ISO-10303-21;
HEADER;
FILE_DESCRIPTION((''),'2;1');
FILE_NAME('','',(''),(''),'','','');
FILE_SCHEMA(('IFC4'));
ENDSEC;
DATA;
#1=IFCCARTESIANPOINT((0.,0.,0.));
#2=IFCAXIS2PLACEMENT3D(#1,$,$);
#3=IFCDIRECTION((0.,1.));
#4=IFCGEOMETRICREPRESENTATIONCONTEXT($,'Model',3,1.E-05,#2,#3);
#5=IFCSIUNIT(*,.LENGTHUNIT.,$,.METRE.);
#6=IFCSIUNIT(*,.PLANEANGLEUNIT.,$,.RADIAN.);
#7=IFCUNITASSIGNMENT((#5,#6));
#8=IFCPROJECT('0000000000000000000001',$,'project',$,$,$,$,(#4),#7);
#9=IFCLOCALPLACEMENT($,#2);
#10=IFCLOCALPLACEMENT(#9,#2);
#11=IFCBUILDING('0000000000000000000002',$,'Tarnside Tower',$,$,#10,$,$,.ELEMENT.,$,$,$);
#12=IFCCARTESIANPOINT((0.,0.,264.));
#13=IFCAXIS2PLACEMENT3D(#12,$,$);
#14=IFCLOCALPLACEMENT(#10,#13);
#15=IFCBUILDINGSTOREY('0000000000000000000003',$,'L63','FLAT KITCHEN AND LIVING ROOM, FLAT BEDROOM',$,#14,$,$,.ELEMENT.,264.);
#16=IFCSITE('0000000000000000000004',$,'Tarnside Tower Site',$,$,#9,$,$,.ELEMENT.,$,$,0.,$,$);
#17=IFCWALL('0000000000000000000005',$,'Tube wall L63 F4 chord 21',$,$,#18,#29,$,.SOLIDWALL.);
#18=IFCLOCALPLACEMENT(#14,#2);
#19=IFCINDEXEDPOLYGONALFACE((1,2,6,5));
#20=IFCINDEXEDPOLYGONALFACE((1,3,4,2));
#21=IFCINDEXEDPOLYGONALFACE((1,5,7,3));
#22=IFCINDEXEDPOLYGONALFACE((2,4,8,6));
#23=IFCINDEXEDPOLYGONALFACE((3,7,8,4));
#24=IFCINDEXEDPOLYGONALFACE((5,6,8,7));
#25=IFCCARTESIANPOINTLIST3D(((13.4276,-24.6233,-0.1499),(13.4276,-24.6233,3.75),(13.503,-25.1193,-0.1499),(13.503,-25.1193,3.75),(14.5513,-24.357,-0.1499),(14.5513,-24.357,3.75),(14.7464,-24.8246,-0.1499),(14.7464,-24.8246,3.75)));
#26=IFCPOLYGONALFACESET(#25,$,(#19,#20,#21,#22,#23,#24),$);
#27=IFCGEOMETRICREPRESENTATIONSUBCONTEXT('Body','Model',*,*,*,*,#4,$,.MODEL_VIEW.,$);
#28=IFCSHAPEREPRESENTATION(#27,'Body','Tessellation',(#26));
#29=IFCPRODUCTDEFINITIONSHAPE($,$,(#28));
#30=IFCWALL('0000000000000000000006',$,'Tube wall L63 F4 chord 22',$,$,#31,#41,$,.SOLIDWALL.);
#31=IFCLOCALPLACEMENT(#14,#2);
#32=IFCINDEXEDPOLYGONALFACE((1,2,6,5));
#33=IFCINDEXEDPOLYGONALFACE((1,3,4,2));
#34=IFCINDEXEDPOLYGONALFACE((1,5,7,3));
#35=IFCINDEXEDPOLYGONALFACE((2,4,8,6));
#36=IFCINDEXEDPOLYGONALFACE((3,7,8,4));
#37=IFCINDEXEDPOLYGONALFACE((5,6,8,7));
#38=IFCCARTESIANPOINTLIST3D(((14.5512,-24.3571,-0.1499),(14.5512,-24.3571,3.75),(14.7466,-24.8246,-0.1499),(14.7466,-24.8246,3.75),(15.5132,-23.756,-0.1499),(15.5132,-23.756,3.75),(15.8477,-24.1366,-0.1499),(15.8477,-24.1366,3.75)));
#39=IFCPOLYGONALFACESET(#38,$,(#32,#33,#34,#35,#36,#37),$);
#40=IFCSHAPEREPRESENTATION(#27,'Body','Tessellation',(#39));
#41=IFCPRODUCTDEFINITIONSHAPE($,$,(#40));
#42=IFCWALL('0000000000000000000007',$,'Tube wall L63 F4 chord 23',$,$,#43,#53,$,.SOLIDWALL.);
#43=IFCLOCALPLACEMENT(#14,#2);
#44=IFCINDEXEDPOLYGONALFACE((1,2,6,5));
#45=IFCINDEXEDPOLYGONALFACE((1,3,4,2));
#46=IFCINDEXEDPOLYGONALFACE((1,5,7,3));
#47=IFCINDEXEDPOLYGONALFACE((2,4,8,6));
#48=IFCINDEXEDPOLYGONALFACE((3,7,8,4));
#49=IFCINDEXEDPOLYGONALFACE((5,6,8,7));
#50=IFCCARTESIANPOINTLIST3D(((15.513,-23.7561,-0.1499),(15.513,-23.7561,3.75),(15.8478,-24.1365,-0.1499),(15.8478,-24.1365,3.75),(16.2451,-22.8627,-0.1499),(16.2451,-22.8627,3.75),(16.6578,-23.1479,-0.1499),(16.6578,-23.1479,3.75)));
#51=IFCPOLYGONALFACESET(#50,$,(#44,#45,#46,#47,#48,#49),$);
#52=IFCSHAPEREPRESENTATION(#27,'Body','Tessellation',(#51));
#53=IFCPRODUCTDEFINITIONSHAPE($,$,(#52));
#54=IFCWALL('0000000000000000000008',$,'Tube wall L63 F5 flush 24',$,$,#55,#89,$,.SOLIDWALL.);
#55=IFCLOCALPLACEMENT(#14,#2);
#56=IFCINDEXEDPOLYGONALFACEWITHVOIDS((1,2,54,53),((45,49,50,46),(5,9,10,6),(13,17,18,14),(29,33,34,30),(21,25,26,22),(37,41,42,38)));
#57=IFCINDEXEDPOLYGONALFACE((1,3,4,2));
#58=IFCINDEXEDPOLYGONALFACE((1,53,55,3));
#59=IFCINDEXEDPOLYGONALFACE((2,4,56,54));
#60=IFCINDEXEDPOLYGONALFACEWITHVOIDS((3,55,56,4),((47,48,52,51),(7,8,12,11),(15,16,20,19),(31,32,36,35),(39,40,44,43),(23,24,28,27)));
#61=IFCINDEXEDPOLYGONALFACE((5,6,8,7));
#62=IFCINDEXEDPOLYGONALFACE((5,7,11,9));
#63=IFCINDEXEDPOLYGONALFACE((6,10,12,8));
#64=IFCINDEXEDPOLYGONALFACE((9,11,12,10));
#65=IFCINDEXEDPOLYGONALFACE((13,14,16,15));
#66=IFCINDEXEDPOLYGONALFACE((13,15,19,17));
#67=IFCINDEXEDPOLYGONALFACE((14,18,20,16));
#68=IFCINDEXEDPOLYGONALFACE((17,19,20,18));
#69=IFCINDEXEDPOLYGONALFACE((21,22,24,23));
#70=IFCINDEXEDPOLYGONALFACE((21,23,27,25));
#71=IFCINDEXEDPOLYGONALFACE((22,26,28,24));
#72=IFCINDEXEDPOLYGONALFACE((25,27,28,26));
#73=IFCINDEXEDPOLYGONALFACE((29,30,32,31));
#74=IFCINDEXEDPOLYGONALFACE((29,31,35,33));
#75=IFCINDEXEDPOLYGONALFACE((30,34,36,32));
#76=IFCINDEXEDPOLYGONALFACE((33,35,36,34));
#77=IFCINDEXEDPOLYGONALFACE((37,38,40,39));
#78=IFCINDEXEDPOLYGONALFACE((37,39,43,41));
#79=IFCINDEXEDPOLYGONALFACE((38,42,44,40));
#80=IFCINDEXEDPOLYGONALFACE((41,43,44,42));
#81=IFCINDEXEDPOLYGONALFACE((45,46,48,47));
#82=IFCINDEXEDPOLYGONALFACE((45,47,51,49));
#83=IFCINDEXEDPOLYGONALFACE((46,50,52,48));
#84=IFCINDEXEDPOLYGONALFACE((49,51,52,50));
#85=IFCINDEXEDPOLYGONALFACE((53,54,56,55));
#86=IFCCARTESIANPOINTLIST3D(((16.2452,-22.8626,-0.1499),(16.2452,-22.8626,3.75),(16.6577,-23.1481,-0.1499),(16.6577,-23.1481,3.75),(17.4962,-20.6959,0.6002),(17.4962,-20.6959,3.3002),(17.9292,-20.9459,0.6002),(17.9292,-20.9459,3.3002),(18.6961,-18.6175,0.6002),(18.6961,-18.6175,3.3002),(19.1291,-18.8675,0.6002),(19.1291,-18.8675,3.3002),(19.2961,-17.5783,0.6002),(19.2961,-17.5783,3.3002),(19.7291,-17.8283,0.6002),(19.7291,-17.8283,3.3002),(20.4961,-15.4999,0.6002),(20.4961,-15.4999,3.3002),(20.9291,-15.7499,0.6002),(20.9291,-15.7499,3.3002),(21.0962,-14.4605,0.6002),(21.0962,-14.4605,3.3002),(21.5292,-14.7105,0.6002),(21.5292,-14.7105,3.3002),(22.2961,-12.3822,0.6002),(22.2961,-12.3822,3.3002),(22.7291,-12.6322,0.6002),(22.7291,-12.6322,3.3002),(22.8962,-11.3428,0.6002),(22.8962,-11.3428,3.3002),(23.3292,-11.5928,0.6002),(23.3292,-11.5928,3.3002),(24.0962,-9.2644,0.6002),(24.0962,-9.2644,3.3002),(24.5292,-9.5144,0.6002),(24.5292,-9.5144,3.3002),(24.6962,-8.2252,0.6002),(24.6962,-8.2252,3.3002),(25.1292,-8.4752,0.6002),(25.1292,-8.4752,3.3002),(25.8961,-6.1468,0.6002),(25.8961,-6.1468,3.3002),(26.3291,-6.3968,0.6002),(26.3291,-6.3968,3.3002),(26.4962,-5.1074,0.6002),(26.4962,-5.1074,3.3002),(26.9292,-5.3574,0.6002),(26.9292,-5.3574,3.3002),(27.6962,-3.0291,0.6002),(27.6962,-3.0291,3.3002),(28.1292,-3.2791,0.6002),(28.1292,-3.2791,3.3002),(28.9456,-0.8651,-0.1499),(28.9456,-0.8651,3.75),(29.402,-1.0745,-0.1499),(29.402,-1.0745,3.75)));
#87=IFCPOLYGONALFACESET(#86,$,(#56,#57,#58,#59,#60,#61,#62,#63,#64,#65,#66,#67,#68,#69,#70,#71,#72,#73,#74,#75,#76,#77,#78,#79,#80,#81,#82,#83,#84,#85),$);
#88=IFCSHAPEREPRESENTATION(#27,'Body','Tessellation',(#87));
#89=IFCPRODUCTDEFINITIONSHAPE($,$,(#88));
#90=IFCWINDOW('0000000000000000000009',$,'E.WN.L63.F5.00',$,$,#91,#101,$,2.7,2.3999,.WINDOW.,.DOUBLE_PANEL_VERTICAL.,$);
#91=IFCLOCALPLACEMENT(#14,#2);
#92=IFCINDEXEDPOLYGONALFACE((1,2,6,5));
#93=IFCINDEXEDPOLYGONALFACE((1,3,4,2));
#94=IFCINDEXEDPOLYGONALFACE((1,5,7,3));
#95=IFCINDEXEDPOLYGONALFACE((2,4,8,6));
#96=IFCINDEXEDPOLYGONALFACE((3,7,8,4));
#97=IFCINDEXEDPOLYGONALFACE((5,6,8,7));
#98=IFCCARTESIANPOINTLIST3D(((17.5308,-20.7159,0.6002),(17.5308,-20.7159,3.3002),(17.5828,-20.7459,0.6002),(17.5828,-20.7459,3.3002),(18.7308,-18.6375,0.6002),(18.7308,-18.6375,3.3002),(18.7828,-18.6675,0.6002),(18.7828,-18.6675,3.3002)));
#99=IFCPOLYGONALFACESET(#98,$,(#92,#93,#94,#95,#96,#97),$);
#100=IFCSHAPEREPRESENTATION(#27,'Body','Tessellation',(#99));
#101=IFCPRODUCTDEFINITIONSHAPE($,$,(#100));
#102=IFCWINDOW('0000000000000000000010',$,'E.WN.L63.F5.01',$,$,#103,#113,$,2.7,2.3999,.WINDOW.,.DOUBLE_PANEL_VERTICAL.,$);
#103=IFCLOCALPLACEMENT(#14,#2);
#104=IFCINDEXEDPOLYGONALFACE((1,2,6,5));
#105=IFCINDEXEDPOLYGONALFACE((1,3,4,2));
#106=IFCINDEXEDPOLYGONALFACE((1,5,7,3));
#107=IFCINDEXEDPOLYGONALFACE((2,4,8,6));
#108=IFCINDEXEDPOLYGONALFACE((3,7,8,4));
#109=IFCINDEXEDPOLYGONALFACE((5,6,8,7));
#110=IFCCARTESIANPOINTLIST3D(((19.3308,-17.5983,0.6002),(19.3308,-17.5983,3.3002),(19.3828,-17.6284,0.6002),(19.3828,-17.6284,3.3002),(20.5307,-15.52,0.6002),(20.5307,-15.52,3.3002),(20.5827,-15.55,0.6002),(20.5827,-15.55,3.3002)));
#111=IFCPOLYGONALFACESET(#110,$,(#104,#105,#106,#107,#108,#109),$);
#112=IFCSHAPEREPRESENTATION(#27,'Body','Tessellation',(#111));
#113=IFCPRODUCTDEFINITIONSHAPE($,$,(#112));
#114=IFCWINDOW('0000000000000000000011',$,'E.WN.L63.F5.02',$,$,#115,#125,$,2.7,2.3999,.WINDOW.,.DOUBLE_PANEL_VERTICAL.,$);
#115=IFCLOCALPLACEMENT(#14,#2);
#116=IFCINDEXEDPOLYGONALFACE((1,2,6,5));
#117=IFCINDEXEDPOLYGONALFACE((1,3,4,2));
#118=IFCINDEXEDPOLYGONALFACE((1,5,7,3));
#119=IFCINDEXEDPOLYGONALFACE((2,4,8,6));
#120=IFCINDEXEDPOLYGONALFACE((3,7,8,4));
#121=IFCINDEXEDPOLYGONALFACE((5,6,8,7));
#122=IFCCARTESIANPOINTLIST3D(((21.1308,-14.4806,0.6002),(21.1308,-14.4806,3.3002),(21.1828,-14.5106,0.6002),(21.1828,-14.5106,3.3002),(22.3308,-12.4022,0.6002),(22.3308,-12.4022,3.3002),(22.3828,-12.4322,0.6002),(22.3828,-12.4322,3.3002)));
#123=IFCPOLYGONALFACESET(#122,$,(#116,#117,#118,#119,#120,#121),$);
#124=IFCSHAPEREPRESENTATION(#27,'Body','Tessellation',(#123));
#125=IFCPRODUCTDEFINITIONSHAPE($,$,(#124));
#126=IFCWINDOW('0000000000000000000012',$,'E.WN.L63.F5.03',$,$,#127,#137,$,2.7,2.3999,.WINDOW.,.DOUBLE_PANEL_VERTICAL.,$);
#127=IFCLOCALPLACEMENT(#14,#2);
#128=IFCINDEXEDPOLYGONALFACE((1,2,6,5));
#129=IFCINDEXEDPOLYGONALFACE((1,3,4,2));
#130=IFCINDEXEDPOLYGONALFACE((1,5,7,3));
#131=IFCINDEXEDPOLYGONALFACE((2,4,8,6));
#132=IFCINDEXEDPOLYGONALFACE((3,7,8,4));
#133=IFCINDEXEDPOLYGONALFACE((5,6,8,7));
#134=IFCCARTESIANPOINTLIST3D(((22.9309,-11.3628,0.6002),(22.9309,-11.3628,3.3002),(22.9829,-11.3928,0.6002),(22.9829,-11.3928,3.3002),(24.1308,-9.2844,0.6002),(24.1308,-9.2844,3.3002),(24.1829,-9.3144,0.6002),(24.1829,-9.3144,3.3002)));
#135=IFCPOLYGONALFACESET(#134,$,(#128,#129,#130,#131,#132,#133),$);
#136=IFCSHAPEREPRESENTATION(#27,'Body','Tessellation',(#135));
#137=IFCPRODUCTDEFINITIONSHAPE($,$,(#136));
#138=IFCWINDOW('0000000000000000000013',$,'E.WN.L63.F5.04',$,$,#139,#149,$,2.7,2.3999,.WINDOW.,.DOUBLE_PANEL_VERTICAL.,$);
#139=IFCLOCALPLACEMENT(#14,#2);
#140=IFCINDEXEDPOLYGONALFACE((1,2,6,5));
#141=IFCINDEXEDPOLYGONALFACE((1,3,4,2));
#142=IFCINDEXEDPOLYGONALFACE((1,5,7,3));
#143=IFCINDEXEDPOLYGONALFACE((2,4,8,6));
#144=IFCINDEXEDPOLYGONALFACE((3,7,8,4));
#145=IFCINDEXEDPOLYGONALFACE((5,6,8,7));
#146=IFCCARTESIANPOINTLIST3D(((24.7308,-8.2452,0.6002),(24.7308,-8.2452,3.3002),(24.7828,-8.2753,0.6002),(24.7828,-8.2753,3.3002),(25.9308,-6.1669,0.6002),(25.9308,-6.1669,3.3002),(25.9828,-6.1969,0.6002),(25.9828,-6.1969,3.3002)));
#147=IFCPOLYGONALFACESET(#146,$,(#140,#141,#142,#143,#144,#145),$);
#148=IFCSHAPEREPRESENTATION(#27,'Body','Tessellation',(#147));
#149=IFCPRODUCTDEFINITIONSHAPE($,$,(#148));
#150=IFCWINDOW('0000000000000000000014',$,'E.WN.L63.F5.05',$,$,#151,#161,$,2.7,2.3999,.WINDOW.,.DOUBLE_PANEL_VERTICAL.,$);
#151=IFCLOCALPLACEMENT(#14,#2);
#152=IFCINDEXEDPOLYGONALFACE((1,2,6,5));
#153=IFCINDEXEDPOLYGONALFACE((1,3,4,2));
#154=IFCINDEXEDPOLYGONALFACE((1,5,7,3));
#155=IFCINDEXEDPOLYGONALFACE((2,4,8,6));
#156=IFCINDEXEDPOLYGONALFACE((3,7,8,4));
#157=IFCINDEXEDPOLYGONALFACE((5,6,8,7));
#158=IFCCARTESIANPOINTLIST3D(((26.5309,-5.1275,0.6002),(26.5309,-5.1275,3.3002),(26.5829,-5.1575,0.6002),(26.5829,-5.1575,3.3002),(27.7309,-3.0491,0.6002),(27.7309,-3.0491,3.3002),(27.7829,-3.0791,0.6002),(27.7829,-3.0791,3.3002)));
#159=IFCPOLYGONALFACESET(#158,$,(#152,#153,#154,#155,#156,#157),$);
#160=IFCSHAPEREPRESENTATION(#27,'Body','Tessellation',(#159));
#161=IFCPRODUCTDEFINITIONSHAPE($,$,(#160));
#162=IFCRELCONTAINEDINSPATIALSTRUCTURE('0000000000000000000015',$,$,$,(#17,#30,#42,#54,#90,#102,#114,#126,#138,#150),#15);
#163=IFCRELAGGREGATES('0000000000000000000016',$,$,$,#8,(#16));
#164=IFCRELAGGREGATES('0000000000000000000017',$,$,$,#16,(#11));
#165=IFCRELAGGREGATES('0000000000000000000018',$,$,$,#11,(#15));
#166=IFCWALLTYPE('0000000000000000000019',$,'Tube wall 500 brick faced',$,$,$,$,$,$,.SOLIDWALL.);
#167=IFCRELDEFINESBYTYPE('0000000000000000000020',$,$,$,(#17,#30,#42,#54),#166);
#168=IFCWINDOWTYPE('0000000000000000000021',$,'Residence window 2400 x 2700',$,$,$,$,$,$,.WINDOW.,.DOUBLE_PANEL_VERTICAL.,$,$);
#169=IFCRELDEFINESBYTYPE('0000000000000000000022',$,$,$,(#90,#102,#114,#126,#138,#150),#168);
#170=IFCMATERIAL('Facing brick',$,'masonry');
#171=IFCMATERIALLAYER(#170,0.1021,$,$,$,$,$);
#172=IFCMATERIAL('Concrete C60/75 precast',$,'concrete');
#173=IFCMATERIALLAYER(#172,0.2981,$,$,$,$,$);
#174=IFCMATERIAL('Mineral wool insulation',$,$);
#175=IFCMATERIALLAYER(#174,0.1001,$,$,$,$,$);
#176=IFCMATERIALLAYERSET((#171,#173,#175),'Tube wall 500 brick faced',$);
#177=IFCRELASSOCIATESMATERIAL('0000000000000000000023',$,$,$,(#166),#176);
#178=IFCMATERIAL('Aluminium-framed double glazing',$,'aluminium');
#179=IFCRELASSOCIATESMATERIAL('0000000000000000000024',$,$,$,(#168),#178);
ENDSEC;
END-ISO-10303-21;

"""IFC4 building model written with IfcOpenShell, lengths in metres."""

from ifc_helpers import new_model, si_unit, direction, frame, frame_2d, origin, place, context, subcontext, project, spatial, polyline, rectangle, outline, extrude, material, layer, layer_set, type_object, element, fill, save


model = new_model("IFC4")

# Units and contexts
model_context = context("Model", 3, precision=1e-05, world=origin(), true_north=direction((0.0, 1.0)))
body_context = subcontext(model_context, "Body", "Model", "MODEL_VIEW")
ifc_project = project(units=[si_unit("LENGTHUNIT", "METRE"), si_unit("PLANEANGLEUNIT", "RADIAN")], contexts=[model_context])

# Site, building, storey
site_placement = place(None, origin())
site = spatial("IfcSite", under=ifc_project, at=site_placement, Name="Tarnside Tower Site", CompositionType="ELEMENT", RefElevation=0.0)
building_placement = place(site_placement, origin())
building = spatial("IfcBuilding", under=site, at=building_placement, Name="Tarnside Tower", CompositionType="ELEMENT")
storey_placement = place(building_placement, frame((0.0, 0.0, 264.0)))
storey = spatial("IfcBuildingStorey", under=building, at=storey_placement, Name="L63", Description="FLAT KITCHEN AND LIVING ROOM, FLAT BEDROOM", CompositionType="ELEMENT", Elevation=264.0)

# Walls
ifc_material_1 = material(Name="Facing brick", Category="masonry")
ifc_layer_1 = layer(ifc_material_1, 0.1021)
ifc_material_2 = material(Name="Concrete C60/75 precast", Category="concrete")
ifc_layer_2 = layer(ifc_material_2, 0.2981)
ifc_material_3 = material(Name="Mineral wool insulation")
ifc_layer_3 = layer(ifc_material_3, 0.1001)
ifc_layer_set_1 = layer_set([ifc_layer_1, ifc_layer_2, ifc_layer_3], Name="Tube wall 500 brick faced")
wall_type_1 = type_object("IfcWallType", Name="Tube wall 500 brick faced", PredefinedType="SOLIDWALL", material=ifc_layer_set_1)
wall_1_placement = place(storey_placement, frame((13.4653, -24.8713, -0.1499), z_axis=(0.0, 0.0, 1.0), x_axis=(0.973045, 0.230616, 0.0)))
element("IfcWall", 1, at=wall_1_placement, inside=storey, type_object=wall_type_1, Name="Tube wall L63 F4 chord 21", PredefinedType="SOLIDWALL", context=body_context, shape_type="SweptSolid", body=[
    extrude(outline(polyline([(-0.0205, -0.25), (1.2573, -0.25), (1.1753, 0.25), (0.0205, 0.25), (-0.0205, -0.25)])), origin(), (0.0, 0.0, 1.0), 3.8999),
])
wall_2_placement = place(storey_placement, frame((14.6489, -24.5908, -0.1499), z_axis=(0.0, 0.0, 1.0), x_axis=(0.848055, 0.529909, 0.0)))
element("IfcWall", 2, at=wall_2_placement, inside=storey, type_object=wall_type_1, Name="Tube wall L63 F4 chord 22", PredefinedType="SOLIDWALL", context=body_context, shape_type="SweptSolid", body=[
    extrude(outline(polyline([(-0.041, -0.25), (1.2573, -0.25), (1.1753, 0.25), (0.041, 0.25), (-0.041, -0.25)])), origin(), (0.0, 0.0, 1.0), 3.8999),
])
wall_3_placement = place(storey_placement, frame((15.6804, -23.9463, -0.1499), z_axis=(0.0, 0.0, 1.0), x_axis=(0.633806, 0.773492, 0.0)))
element("IfcWall", 3, at=wall_3_placement, inside=storey, type_object=wall_type_1, Name="Tube wall L63 F4 chord 23", PredefinedType="SOLIDWALL", context=body_context, shape_type="SweptSolid", body=[
    extrude(outline(polyline([(-0.041, -0.25), (1.2371, -0.25), (1.196, 0.25), (0.041, 0.25), (-0.041, -0.25)])), origin(), (0.0, 0.0, 1.0), 3.8999),
])

# Wall, openings, windows
wall_4_placement = place(storey_placement, frame((16.4514, -23.0054, -0.1499), z_axis=(0.0, 0.0, 1.0), x_axis=(0.500004, 0.866023, 0.0)))
wall_4 = element("IfcWall", 4, at=wall_4_placement, inside=storey, type_object=wall_type_1, Name="Tube wall L63 F5 flush 24", PredefinedType="SOLIDWALL", context=body_context, shape_type="SweptSolid", body=[
    extrude(outline(polyline([(-0.0205, -0.25), (25.468, -0.25), (25.4211, 0.25), (0.0205, 0.25), (-0.0205, -0.25)])), origin(), (0.0, 0.0, 1.0), 3.8999),
])
opening_1_placement = place(wall_4_placement, frame((2.5225, 0.0, 0.75)))
opening_1 = element("IfcOpeningElement", 5, at=opening_1_placement, cuts=wall_4, PredefinedType="OPENING", context=body_context, shape_type="SweptSolid", body=[
    extrude(rectangle(XDim=2.3999, YDim=2.7, at=frame_2d((1.2, 1.3501))), frame((0.0, 0.26, 0.0), z_axis=(0.0, -1.0, 0.0), x_axis=(1.0, 0.0, 0.0)), (0.0, 0.0, 1.0), 0.52),
])
opening_2_placement = place(wall_4_placement, frame((6.1223, 0.0, 0.75)))
opening_2 = element("IfcOpeningElement", 6, at=opening_2_placement, cuts=wall_4, PredefinedType="OPENING", context=body_context, shape_type="SweptSolid", body=[
    extrude(rectangle(XDim=2.3999, YDim=2.7, at=frame_2d((1.2, 1.3501))), frame((0.0, 0.26, 0.0), z_axis=(0.0, -1.0, 0.0), x_axis=(1.0, 0.0, 0.0)), (0.0, 0.0, 1.0), 0.52),
])
opening_3_placement = place(wall_4_placement, frame((9.7224, 0.0, 0.75)))
opening_3 = element("IfcOpeningElement", 7, at=opening_3_placement, cuts=wall_4, PredefinedType="OPENING", context=body_context, shape_type="SweptSolid", body=[
    extrude(rectangle(XDim=2.3999, YDim=2.7, at=frame_2d((1.2, 1.3501))), frame((0.0, 0.26, 0.0), z_axis=(0.0, -1.0, 0.0), x_axis=(1.0, 0.0, 0.0)), (0.0, 0.0, 1.0), 0.52),
])
opening_4_placement = place(wall_4_placement, frame((13.3225, 0.0, 0.75)))
opening_4 = element("IfcOpeningElement", 8, at=opening_4_placement, cuts=wall_4, PredefinedType="OPENING", context=body_context, shape_type="SweptSolid", body=[
    extrude(rectangle(XDim=2.3999, YDim=2.7, at=frame_2d((1.2, 1.3501))), frame((0.0, 0.26, 0.0), z_axis=(0.0, -1.0, 0.0), x_axis=(1.0, 0.0, 0.0)), (0.0, 0.0, 1.0), 0.52),
])
opening_5_placement = place(wall_4_placement, frame((16.9224, 0.0, 0.75)))
opening_5 = element("IfcOpeningElement", 9, at=opening_5_placement, cuts=wall_4, PredefinedType="OPENING", context=body_context, shape_type="SweptSolid", body=[
    extrude(rectangle(XDim=2.3999, YDim=2.7, at=frame_2d((1.2, 1.3501))), frame((0.0, 0.26, 0.0), z_axis=(0.0, -1.0, 0.0), x_axis=(1.0, 0.0, 0.0)), (0.0, 0.0, 1.0), 0.52),
])
opening_6_placement = place(wall_4_placement, frame((20.5225, 0.0, 0.75)))
opening_6 = element("IfcOpeningElement", 10, at=opening_6_placement, cuts=wall_4, PredefinedType="OPENING", context=body_context, shape_type="SweptSolid", body=[
    extrude(rectangle(XDim=2.3999, YDim=2.7, at=frame_2d((1.2, 1.3501))), frame((0.0, 0.26, 0.0), z_axis=(0.0, -1.0, 0.0), x_axis=(1.0, 0.0, 0.0)), (0.0, 0.0, 1.0), 0.52),
])
ifc_material_4 = material(Name="Aluminium-framed double glazing", Category="aluminium")
window_type = type_object("IfcWindowType", Name="Residence window 2400 x 2700", PartitioningType="DOUBLE_PANEL_VERTICAL", PredefinedType="WINDOW", material=ifc_material_4)
window_1_placement = place(opening_1_placement, frame((0.0, 0.1799, 0.0)))
window_1 = element("IfcWindow", 11, at=window_1_placement, inside=storey, type_object=window_type, Name="E.WN.L63.F5.00", OverallHeight=2.7, OverallWidth=2.3999, PartitioningType="DOUBLE_PANEL_VERTICAL", PredefinedType="WINDOW", context=body_context, shape_type="SweptSolid", body=[
    extrude(rectangle(XDim=2.3999, YDim=2.7, at=frame_2d((1.2, 1.3501))), frame((0.0, 0.03, 0.0), z_axis=(0.0, -1.0, 0.0), x_axis=(1.0, 0.0, 0.0)), (0.0, 0.0, 1.0), 0.0601),
])
fill(opening_1, window_1)
window_2_placement = place(opening_2_placement, frame((0.0, 0.1799, 0.0)))
window_2 = element("IfcWindow", 12, at=window_2_placement, inside=storey, type_object=window_type, Name="E.WN.L63.F5.01", OverallHeight=2.7, OverallWidth=2.3999, PartitioningType="DOUBLE_PANEL_VERTICAL", PredefinedType="WINDOW", context=body_context, shape_type="SweptSolid", body=[
    extrude(rectangle(XDim=2.3999, YDim=2.7, at=frame_2d((1.2, 1.3501))), frame((0.0, 0.03, 0.0), z_axis=(0.0, -1.0, 0.0), x_axis=(1.0, 0.0, 0.0)), (0.0, 0.0, 1.0), 0.0601),
])
fill(opening_2, window_2)
window_3_placement = place(opening_3_placement, frame((0.0, 0.1799, 0.0)))
window_3 = element("IfcWindow", 13, at=window_3_placement, inside=storey, type_object=window_type, Name="E.WN.L63.F5.02", OverallHeight=2.7, OverallWidth=2.3999, PartitioningType="DOUBLE_PANEL_VERTICAL", PredefinedType="WINDOW", context=body_context, shape_type="SweptSolid", body=[
    extrude(rectangle(XDim=2.3999, YDim=2.7, at=frame_2d((1.2, 1.3501))), frame((0.0, 0.03, 0.0), z_axis=(0.0, -1.0, 0.0), x_axis=(1.0, 0.0, 0.0)), (0.0, 0.0, 1.0), 0.0601),
])
fill(opening_3, window_3)
window_4_placement = place(opening_4_placement, frame((0.0, 0.1799, 0.0)))
window_4 = element("IfcWindow", 14, at=window_4_placement, inside=storey, type_object=window_type, Name="E.WN.L63.F5.03", OverallHeight=2.7, OverallWidth=2.3999, PartitioningType="DOUBLE_PANEL_VERTICAL", PredefinedType="WINDOW", context=body_context, shape_type="SweptSolid", body=[
    extrude(rectangle(XDim=2.3999, YDim=2.7, at=frame_2d((1.2, 1.3501))), frame((0.0, 0.03, 0.0), z_axis=(0.0, -1.0, 0.0), x_axis=(1.0, 0.0, 0.0)), (0.0, 0.0, 1.0), 0.0601),
])
fill(opening_4, window_4)
window_5_placement = place(opening_5_placement, frame((0.0, 0.1799, 0.0)))
window_5 = element("IfcWindow", 15, at=window_5_placement, inside=storey, type_object=window_type, Name="E.WN.L63.F5.04", OverallHeight=2.7, OverallWidth=2.3999, PartitioningType="DOUBLE_PANEL_VERTICAL", PredefinedType="WINDOW", context=body_context, shape_type="SweptSolid", body=[
    extrude(rectangle(XDim=2.3999, YDim=2.7, at=frame_2d((1.2, 1.3501))), frame((0.0, 0.03, 0.0), z_axis=(0.0, -1.0, 0.0), x_axis=(1.0, 0.0, 0.0)), (0.0, 0.0, 1.0), 0.0601),
])
fill(opening_5, window_5)
window_6_placement = place(opening_6_placement, frame((0.0, 0.1799, 0.0)))
window_6 = element("IfcWindow", 16, at=window_6_placement, inside=storey, type_object=window_type, Name="E.WN.L63.F5.05", OverallHeight=2.7, OverallWidth=2.3999, PartitioningType="DOUBLE_PANEL_VERTICAL", PredefinedType="WINDOW", context=body_context, shape_type="SweptSolid", body=[
    extrude(rectangle(XDim=2.3999, YDim=2.7, at=frame_2d((1.2, 1.3501))), frame((0.0, 0.03, 0.0), z_axis=(0.0, -1.0, 0.0), x_axis=(1.0, 0.0, 0.0)), (0.0, 0.0, 1.0), 0.0601),
])
fill(opening_6, window_6)

save(model, "model.ifc")
